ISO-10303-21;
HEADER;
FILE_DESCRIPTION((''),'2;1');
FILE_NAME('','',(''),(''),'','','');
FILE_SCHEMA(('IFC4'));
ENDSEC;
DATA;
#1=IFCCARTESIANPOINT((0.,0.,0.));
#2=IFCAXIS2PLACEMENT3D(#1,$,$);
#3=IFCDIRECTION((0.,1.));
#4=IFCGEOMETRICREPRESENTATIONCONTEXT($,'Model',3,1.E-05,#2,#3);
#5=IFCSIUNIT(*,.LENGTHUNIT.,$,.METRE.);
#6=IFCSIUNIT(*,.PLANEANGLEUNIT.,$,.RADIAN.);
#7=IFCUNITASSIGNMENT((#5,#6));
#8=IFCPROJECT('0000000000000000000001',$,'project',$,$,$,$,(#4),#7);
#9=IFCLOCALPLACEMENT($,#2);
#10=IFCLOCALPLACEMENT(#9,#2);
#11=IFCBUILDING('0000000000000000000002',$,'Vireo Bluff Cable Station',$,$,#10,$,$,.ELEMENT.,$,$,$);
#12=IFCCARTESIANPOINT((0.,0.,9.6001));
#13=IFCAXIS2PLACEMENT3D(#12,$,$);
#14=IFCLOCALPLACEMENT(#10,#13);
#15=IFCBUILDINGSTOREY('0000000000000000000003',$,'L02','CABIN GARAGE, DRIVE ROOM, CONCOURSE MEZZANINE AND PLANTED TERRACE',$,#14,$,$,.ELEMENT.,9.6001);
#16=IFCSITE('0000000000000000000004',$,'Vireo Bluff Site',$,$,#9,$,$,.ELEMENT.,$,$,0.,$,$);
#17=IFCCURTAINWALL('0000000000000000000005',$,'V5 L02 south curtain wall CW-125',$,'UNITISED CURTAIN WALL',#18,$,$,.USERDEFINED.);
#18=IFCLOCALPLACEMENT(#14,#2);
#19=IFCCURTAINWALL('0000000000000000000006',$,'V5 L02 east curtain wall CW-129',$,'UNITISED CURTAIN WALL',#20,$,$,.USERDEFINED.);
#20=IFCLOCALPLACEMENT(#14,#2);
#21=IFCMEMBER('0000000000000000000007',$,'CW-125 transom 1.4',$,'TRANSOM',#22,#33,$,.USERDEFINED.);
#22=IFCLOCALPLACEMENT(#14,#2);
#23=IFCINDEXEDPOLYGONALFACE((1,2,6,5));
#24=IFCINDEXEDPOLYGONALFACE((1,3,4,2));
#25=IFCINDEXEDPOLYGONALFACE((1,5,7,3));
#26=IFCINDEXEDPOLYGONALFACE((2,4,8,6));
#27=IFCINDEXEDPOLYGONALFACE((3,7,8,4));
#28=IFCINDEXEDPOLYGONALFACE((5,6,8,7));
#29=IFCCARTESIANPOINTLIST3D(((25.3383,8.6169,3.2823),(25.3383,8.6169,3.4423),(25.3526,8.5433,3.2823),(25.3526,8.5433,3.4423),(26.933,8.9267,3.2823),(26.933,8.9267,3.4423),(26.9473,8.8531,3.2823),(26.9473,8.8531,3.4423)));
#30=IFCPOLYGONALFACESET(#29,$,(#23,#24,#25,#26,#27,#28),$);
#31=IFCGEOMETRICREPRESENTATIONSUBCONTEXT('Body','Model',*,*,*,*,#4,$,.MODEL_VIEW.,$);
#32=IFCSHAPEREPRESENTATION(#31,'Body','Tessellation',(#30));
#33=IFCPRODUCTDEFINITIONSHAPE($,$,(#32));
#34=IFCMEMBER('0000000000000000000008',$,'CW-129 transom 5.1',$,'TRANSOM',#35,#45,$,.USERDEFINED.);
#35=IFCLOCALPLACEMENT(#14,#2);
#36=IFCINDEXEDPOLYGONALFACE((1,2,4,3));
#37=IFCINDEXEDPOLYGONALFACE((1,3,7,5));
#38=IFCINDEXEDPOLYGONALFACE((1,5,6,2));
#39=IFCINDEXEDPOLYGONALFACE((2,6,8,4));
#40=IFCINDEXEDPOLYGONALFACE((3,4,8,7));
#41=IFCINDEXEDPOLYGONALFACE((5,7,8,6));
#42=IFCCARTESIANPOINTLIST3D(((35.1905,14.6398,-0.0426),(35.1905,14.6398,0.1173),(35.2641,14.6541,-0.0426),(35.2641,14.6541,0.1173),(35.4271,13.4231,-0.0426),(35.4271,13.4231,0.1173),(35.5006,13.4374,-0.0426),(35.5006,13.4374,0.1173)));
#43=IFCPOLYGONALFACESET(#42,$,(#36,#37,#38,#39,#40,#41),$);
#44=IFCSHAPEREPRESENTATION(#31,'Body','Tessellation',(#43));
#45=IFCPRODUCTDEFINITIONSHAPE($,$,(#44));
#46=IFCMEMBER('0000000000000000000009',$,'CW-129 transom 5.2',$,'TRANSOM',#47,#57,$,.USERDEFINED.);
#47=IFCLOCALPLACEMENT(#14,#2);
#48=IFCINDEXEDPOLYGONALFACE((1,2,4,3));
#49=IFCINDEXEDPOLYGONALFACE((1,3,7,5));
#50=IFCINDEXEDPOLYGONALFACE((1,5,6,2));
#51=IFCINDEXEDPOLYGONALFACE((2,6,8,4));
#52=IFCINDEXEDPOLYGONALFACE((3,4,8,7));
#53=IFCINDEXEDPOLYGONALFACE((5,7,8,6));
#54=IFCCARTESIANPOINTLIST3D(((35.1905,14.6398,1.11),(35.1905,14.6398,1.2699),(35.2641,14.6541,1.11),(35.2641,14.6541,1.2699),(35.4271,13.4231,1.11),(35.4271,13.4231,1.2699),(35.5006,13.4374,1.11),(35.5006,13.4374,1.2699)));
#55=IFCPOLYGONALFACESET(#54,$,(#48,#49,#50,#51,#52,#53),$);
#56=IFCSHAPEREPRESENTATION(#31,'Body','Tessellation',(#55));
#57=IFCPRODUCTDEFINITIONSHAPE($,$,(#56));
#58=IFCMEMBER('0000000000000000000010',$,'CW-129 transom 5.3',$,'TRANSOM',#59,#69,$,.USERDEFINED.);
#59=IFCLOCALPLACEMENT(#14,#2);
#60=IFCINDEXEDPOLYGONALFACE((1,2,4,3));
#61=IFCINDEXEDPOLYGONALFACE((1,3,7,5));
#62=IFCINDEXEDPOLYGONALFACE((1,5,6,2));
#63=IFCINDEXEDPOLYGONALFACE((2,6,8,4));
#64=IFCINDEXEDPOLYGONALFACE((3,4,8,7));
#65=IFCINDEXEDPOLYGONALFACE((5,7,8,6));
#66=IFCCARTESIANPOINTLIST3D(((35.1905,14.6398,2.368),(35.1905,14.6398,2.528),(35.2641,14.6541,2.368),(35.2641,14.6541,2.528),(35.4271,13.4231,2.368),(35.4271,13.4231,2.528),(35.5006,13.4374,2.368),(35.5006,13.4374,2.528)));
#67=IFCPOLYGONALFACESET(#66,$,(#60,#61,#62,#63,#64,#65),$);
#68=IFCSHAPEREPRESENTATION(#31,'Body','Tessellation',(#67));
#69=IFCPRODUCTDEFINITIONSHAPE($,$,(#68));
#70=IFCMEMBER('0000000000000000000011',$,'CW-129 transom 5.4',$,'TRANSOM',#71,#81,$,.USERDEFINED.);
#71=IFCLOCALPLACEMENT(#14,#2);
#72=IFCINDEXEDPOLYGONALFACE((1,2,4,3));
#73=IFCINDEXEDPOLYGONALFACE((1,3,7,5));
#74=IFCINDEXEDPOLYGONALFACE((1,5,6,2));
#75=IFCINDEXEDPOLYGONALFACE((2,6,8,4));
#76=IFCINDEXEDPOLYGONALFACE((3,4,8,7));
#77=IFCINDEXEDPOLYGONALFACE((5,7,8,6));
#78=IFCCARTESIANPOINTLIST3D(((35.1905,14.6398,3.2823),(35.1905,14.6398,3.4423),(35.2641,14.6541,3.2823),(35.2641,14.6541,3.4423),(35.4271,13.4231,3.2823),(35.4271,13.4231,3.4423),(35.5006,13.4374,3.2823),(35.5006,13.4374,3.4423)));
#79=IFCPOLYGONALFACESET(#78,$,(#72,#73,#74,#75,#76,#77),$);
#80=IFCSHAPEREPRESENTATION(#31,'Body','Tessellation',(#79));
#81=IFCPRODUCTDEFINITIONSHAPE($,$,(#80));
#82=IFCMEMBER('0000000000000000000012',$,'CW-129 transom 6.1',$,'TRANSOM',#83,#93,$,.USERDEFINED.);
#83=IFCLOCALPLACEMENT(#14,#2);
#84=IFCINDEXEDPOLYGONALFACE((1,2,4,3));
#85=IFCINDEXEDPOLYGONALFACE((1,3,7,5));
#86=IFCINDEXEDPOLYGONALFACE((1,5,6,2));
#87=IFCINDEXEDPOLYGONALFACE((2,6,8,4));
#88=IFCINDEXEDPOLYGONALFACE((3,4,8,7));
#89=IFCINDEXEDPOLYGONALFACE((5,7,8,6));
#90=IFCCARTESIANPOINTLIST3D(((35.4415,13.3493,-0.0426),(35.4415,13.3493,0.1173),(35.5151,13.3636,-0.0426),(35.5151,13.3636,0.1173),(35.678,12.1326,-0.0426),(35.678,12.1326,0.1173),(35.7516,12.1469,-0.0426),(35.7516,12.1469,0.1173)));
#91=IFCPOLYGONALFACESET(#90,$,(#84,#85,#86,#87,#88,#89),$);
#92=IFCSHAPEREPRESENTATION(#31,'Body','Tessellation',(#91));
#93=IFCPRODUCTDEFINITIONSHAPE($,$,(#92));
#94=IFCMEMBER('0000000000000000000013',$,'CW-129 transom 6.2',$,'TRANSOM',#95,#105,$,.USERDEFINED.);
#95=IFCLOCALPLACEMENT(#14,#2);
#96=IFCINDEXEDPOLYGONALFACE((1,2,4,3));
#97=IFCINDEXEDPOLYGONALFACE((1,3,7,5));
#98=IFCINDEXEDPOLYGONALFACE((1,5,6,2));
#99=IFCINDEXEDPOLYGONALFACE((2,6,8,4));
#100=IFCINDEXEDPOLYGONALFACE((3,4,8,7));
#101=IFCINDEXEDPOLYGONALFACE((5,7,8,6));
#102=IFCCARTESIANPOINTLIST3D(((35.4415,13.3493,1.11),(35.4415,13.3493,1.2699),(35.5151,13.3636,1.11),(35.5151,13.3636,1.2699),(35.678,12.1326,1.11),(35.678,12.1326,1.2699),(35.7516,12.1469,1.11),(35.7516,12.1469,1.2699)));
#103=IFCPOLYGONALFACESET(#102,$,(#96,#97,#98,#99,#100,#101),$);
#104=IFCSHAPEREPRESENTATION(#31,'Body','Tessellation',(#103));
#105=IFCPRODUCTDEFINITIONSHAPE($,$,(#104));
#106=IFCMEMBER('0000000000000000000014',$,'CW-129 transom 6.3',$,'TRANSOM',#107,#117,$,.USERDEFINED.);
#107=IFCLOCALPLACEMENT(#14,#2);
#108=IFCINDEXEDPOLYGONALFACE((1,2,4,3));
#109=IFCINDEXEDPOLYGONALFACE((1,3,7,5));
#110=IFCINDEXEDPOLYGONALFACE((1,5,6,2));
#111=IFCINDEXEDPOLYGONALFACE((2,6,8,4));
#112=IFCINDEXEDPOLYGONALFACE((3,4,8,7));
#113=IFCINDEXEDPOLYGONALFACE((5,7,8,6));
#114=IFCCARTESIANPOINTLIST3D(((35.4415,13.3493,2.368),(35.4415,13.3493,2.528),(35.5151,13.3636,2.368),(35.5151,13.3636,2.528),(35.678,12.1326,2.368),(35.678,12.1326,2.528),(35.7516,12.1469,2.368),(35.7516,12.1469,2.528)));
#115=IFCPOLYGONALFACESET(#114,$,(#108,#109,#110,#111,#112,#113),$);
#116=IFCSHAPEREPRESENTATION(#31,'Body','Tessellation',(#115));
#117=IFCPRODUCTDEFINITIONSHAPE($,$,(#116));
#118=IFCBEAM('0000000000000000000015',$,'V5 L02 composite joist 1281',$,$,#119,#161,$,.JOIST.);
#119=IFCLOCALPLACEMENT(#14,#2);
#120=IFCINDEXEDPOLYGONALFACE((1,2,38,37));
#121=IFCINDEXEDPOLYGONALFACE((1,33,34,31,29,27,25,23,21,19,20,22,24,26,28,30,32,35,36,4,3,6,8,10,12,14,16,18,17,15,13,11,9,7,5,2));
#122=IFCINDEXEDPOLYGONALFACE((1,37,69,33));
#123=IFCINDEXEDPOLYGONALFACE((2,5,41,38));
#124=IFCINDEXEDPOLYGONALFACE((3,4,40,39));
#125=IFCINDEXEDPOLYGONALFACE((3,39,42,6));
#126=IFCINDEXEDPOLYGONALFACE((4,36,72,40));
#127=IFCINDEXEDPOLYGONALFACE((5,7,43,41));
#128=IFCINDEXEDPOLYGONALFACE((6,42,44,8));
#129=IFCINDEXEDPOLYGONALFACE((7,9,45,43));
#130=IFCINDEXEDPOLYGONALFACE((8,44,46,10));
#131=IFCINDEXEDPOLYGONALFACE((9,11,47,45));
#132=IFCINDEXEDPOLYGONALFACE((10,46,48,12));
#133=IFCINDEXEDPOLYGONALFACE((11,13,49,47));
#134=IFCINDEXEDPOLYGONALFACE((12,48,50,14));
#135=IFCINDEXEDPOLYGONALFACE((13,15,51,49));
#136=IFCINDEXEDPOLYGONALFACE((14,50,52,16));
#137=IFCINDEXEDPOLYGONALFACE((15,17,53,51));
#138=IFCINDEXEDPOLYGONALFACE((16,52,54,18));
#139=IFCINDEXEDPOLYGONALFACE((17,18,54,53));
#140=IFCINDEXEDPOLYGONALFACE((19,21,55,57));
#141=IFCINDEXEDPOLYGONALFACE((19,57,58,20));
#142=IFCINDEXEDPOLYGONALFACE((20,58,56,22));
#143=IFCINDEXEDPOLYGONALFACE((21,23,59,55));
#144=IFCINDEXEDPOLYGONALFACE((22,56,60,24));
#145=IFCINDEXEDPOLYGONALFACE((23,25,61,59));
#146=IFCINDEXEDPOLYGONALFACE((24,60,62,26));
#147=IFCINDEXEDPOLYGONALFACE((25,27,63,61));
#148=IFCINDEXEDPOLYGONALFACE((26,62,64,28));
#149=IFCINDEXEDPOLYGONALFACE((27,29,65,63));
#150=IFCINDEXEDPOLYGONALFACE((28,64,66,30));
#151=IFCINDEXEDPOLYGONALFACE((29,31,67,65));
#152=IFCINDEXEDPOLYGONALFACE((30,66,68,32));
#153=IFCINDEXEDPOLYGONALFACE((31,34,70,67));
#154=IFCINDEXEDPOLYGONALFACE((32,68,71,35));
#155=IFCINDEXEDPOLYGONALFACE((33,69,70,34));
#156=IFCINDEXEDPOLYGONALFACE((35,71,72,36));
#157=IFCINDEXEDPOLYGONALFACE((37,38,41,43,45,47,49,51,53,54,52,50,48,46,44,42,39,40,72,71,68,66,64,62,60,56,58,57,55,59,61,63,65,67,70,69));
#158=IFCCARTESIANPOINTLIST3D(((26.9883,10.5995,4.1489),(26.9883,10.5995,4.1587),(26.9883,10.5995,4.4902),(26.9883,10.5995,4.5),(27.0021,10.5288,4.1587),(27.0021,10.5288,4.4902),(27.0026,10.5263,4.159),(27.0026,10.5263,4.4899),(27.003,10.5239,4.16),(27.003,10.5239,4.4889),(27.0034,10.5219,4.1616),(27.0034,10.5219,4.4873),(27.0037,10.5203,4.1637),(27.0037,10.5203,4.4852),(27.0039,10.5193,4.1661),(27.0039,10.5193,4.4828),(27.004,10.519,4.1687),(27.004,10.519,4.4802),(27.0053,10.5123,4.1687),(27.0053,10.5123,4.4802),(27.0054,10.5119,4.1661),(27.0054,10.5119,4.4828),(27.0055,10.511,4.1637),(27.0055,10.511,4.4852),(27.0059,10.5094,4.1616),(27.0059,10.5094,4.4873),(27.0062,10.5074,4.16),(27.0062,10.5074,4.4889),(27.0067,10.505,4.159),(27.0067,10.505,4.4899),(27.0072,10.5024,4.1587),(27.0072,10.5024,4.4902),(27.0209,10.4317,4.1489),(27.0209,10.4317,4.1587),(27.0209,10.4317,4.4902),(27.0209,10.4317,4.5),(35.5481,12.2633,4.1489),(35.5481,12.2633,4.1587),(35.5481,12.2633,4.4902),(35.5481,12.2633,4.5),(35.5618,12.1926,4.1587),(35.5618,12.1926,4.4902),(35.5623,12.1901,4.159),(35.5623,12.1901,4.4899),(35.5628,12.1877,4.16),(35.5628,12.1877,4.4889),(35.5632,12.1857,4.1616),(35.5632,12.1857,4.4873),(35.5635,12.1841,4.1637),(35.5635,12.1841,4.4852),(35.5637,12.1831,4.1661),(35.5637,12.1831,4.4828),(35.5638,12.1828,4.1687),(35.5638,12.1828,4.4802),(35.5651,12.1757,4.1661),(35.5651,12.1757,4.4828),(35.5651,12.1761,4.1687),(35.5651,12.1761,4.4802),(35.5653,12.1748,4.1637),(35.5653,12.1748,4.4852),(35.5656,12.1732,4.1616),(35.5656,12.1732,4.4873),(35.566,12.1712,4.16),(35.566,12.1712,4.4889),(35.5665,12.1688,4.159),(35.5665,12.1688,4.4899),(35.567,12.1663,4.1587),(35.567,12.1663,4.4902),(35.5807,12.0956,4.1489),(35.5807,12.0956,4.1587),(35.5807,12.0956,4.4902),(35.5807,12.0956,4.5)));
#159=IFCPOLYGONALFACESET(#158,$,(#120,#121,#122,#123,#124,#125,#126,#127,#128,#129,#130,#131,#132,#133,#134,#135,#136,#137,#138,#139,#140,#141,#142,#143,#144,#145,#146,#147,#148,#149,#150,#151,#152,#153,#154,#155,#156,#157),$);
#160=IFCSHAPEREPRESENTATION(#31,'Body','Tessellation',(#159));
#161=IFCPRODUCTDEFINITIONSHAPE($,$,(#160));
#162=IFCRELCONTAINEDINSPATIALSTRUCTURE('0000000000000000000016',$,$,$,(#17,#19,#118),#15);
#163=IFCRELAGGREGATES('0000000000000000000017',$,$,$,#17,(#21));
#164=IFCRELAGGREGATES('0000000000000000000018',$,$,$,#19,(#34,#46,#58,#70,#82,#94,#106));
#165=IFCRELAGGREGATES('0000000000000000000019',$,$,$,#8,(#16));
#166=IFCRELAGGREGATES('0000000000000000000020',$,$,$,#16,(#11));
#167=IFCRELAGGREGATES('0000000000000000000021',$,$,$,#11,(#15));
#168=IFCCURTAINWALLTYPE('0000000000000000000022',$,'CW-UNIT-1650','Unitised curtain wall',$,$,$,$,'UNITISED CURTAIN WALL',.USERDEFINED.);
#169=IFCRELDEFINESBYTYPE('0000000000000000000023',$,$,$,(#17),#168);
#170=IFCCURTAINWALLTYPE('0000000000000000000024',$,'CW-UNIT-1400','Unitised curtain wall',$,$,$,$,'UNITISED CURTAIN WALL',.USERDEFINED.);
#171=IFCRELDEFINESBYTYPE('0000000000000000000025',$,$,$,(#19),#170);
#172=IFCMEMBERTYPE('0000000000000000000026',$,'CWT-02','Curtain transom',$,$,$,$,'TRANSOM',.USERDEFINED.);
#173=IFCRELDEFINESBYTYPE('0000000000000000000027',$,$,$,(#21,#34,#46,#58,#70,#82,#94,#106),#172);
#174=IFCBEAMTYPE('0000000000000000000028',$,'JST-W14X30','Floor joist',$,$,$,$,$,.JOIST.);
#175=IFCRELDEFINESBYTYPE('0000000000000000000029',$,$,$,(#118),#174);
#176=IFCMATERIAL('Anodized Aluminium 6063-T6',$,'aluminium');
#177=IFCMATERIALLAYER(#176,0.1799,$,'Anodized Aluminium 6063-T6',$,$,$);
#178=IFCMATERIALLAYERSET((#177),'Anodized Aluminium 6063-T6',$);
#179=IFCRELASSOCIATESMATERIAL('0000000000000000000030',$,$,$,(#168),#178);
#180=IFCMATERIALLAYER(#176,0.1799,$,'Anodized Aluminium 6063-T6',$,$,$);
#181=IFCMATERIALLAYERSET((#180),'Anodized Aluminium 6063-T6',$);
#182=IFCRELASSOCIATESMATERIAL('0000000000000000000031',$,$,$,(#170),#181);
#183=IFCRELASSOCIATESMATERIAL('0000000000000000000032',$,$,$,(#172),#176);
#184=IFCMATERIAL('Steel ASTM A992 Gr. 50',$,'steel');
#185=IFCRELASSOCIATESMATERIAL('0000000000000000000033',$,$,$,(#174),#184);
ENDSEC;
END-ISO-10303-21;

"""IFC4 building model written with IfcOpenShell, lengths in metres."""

from ifc_helpers import new_model, si_unit, direction, frame, origin, origin_2d, place, context, subcontext, project, spatial, rectangle, i_section, extrude, material, layer, layer_set, material_profile, profile_set, type_object, element, aggregate, save


model = new_model("IFC4")

# Units and contexts
model_context = context("Model", 3, precision=1e-05, world=origin(), true_north=direction((0.0, 1.0)))
body_context = subcontext(model_context, "Body", "Model", "MODEL_VIEW")
ifc_project = project(units=[si_unit("LENGTHUNIT", "METRE"), si_unit("PLANEANGLEUNIT", "RADIAN")], contexts=[model_context])

# Site, building, storey
site_placement = place(None, origin())
site = spatial("IfcSite", under=ifc_project, at=site_placement, Name="Vireo Bluff Site", CompositionType="ELEMENT", RefElevation=0.0)
building_placement = place(site_placement, origin())
building = spatial("IfcBuilding", under=site, at=building_placement, Name="Vireo Bluff Cable Station", CompositionType="ELEMENT")
storey_placement = place(building_placement, frame((0.0, 0.0, 9.6001)))
storey = spatial("IfcBuildingStorey", under=building, at=storey_placement, Name="L02", Description="CABIN GARAGE, DRIVE ROOM, CONCOURSE MEZZANINE AND PLANTED TERRACE", CompositionType="ELEMENT", Elevation=9.6001)

# Shared definitions
ifc_material_1 = material(Name="Steel ASTM A992 Gr. 50", Category="steel")

# Curtain wall
ifc_material_2 = material(Name="Anodized Aluminium 6063-T6", Category="aluminium")
ifc_layer_1 = layer(ifc_material_2, 0.1799, Name="Anodized Aluminium 6063-T6")
ifc_layer_set_1 = layer_set([ifc_layer_1], Name="Anodized Aluminium 6063-T6")
curtain_wall_type_1 = type_object("IfcCurtainWallType", Name="CW-UNIT-1650", Description="Unitised curtain wall", ElementType="UNITISED CURTAIN WALL", PredefinedType="USERDEFINED", material=ifc_layer_set_1)
curtain_wall_1_placement = place(storey_placement, origin())
curtain_wall_1 = element("IfcCurtainWall", 1, at=curtain_wall_1_placement, inside=storey, type_object=curtain_wall_type_1, Name="V5 L02 south curtain wall CW-125", ObjectType="UNITISED CURTAIN WALL", PredefinedType="USERDEFINED")

# Curtain wall
ifc_layer_2 = layer(ifc_material_2, 0.1799, Name="Anodized Aluminium 6063-T6")
ifc_layer_set_2 = layer_set([ifc_layer_2], Name="Anodized Aluminium 6063-T6")
curtain_wall_type_2 = type_object("IfcCurtainWallType", Name="CW-UNIT-1400", Description="Unitised curtain wall", ElementType="UNITISED CURTAIN WALL", PredefinedType="USERDEFINED", material=ifc_layer_set_2)
curtain_wall_2_placement = place(storey_placement, origin())
curtain_wall_2 = element("IfcCurtainWall", 2, at=curtain_wall_2_placement, inside=storey, type_object=curtain_wall_type_2, Name="V5 L02 east curtain wall CW-129", ObjectType="UNITISED CURTAIN WALL", PredefinedType="USERDEFINED")

# Members
ifc_material_profile_1 = material_profile(ifc_material_2, rectangle(XDim=0.075, YDim=0.1599, at=origin_2d()), Name="ALU-T-75X160")
ifc_profile_set_1 = profile_set([ifc_material_profile_1], Name="Anodized Aluminium 6063-T6")
member_type_1 = type_object("IfcMemberType", Name="CWT-02", Description="Curtain transom", ElementType="TRANSOM", PredefinedType="USERDEFINED", material=ifc_profile_set_1)
member_1_placement = place(storey_placement, frame((26.9402, 8.8899, 3.3623), z_axis=(-0.981647, -0.190709, 0.0), x_axis=(0.190709, -0.981647, 0.0)))
member_1 = element("IfcMember", 3, at=member_1_placement, type_object=member_type_1, Name="CW-125 transom 1.4", ObjectType="TRANSOM", PredefinedType="USERDEFINED", context=body_context, shape_type="SweptSolid", body=[
    extrude(rectangle(XDim=0.075, YDim=0.1599, at=origin_2d()), origin(), (0.0, 0.0, 1.0), 1.6245),
])
aggregate(curtain_wall_1, [member_1])
member_2_placement = place(storey_placement, frame((35.2273, 14.647, 0.0374), z_axis=(0.190849, -0.981619, 0.0), x_axis=(0.981619, 0.190849, 0.0)))
member_2 = element("IfcMember", 4, at=member_2_placement, type_object=member_type_1, Name="CW-129 transom 5.1", ObjectType="TRANSOM", PredefinedType="USERDEFINED", context=body_context, shape_type="SweptSolid", body=[
    extrude(rectangle(XDim=0.075, YDim=0.1599, at=origin_2d()), origin(), (0.0, 0.0, 1.0), 1.2395),
])
member_3_placement = place(storey_placement, frame((35.2273, 14.647, 1.1899), z_axis=(0.190849, -0.981619, 0.0), x_axis=(0.981619, 0.190849, 0.0)))
member_3 = element("IfcMember", 5, at=member_3_placement, type_object=member_type_1, Name="CW-129 transom 5.2", ObjectType="TRANSOM", PredefinedType="USERDEFINED", context=body_context, shape_type="SweptSolid", body=[
    extrude(rectangle(XDim=0.075, YDim=0.1599, at=origin_2d()), origin(), (0.0, 0.0, 1.0), 1.2395),
])
member_4_placement = place(storey_placement, frame((35.2273, 14.647, 2.448), z_axis=(0.190849, -0.981619, 0.0), x_axis=(0.981619, 0.190849, 0.0)))
member_4 = element("IfcMember", 6, at=member_4_placement, type_object=member_type_1, Name="CW-129 transom 5.3", ObjectType="TRANSOM", PredefinedType="USERDEFINED", context=body_context, shape_type="SweptSolid", body=[
    extrude(rectangle(XDim=0.075, YDim=0.1599, at=origin_2d()), origin(), (0.0, 0.0, 1.0), 1.2395),
])
member_5_placement = place(storey_placement, frame((35.2273, 14.647, 3.3623), z_axis=(0.190849, -0.981619, 0.0), x_axis=(0.981619, 0.190849, 0.0)))
member_5 = element("IfcMember", 7, at=member_5_placement, type_object=member_type_1, Name="CW-129 transom 5.4", ObjectType="TRANSOM", PredefinedType="USERDEFINED", context=body_context, shape_type="SweptSolid", body=[
    extrude(rectangle(XDim=0.075, YDim=0.1599, at=origin_2d()), origin(), (0.0, 0.0, 1.0), 1.2395),
])
member_6_placement = place(storey_placement, frame((35.4783, 13.3564, 0.0374), z_axis=(0.190849, -0.981619, 0.0), x_axis=(0.981619, 0.190849, 0.0)))
member_6 = element("IfcMember", 8, at=member_6_placement, type_object=member_type_1, Name="CW-129 transom 6.1", ObjectType="TRANSOM", PredefinedType="USERDEFINED", context=body_context, shape_type="SweptSolid", body=[
    extrude(rectangle(XDim=0.075, YDim=0.1599, at=origin_2d()), origin(), (0.0, 0.0, 1.0), 1.2395),
])
member_7_placement = place(storey_placement, frame((35.4783, 13.3564, 1.1899), z_axis=(0.190849, -0.981619, 0.0), x_axis=(0.981619, 0.190849, 0.0)))
member_7 = element("IfcMember", 9, at=member_7_placement, type_object=member_type_1, Name="CW-129 transom 6.2", ObjectType="TRANSOM", PredefinedType="USERDEFINED", context=body_context, shape_type="SweptSolid", body=[
    extrude(rectangle(XDim=0.075, YDim=0.1599, at=origin_2d()), origin(), (0.0, 0.0, 1.0), 1.2395),
])
member_8_placement = place(storey_placement, frame((35.4783, 13.3564, 2.448), z_axis=(0.190849, -0.981619, 0.0), x_axis=(0.981619, 0.190849, 0.0)))
member_8 = element("IfcMember", 10, at=member_8_placement, type_object=member_type_1, Name="CW-129 transom 6.3", ObjectType="TRANSOM", PredefinedType="USERDEFINED", context=body_context, shape_type="SweptSolid", body=[
    extrude(rectangle(XDim=0.075, YDim=0.1599, at=origin_2d()), origin(), (0.0, 0.0, 1.0), 1.2395),
])

# Beam
ifc_material_profile_2 = material_profile(ifc_material_1, i_section(OverallWidth=0.1709, OverallDepth=0.3511, WebThickness=0.0068, FlangeThickness=0.0098, FilletRadius=0.01, at=origin_2d()), Name="W14X30")
ifc_profile_set_2 = profile_set([ifc_material_profile_2], Name="Steel ASTM A992 Gr. 50")
beam_type_1 = type_object("IfcBeamType", Name="JST-W14X30", Description="Floor joist", PredefinedType="JOIST", material=ifc_profile_set_2)
beam_1_placement = place(storey_placement, frame((27.0046, 10.5156, 4.3245), z_axis=(0.981628, 0.190804, 0.0), x_axis=(-0.190804, 0.981628, 0.0)))
element("IfcBeam", 11, at=beam_1_placement, inside=storey, type_object=beam_type_1, Name="V5 L02 composite joist 1281", PredefinedType="JOIST", context=body_context, shape_type="SweptSolid", body=[
    extrude(i_section(OverallWidth=0.1709, OverallDepth=0.3511, WebThickness=0.0068, FlangeThickness=0.0098, FilletRadius=0.01, at=origin_2d()), origin(), (0.0, 0.0, 1.0), 8.72),
])

aggregate(curtain_wall_2, [member_2, member_3, member_4, member_5, member_6, member_7, member_8])

save(model, "model.ifc")
